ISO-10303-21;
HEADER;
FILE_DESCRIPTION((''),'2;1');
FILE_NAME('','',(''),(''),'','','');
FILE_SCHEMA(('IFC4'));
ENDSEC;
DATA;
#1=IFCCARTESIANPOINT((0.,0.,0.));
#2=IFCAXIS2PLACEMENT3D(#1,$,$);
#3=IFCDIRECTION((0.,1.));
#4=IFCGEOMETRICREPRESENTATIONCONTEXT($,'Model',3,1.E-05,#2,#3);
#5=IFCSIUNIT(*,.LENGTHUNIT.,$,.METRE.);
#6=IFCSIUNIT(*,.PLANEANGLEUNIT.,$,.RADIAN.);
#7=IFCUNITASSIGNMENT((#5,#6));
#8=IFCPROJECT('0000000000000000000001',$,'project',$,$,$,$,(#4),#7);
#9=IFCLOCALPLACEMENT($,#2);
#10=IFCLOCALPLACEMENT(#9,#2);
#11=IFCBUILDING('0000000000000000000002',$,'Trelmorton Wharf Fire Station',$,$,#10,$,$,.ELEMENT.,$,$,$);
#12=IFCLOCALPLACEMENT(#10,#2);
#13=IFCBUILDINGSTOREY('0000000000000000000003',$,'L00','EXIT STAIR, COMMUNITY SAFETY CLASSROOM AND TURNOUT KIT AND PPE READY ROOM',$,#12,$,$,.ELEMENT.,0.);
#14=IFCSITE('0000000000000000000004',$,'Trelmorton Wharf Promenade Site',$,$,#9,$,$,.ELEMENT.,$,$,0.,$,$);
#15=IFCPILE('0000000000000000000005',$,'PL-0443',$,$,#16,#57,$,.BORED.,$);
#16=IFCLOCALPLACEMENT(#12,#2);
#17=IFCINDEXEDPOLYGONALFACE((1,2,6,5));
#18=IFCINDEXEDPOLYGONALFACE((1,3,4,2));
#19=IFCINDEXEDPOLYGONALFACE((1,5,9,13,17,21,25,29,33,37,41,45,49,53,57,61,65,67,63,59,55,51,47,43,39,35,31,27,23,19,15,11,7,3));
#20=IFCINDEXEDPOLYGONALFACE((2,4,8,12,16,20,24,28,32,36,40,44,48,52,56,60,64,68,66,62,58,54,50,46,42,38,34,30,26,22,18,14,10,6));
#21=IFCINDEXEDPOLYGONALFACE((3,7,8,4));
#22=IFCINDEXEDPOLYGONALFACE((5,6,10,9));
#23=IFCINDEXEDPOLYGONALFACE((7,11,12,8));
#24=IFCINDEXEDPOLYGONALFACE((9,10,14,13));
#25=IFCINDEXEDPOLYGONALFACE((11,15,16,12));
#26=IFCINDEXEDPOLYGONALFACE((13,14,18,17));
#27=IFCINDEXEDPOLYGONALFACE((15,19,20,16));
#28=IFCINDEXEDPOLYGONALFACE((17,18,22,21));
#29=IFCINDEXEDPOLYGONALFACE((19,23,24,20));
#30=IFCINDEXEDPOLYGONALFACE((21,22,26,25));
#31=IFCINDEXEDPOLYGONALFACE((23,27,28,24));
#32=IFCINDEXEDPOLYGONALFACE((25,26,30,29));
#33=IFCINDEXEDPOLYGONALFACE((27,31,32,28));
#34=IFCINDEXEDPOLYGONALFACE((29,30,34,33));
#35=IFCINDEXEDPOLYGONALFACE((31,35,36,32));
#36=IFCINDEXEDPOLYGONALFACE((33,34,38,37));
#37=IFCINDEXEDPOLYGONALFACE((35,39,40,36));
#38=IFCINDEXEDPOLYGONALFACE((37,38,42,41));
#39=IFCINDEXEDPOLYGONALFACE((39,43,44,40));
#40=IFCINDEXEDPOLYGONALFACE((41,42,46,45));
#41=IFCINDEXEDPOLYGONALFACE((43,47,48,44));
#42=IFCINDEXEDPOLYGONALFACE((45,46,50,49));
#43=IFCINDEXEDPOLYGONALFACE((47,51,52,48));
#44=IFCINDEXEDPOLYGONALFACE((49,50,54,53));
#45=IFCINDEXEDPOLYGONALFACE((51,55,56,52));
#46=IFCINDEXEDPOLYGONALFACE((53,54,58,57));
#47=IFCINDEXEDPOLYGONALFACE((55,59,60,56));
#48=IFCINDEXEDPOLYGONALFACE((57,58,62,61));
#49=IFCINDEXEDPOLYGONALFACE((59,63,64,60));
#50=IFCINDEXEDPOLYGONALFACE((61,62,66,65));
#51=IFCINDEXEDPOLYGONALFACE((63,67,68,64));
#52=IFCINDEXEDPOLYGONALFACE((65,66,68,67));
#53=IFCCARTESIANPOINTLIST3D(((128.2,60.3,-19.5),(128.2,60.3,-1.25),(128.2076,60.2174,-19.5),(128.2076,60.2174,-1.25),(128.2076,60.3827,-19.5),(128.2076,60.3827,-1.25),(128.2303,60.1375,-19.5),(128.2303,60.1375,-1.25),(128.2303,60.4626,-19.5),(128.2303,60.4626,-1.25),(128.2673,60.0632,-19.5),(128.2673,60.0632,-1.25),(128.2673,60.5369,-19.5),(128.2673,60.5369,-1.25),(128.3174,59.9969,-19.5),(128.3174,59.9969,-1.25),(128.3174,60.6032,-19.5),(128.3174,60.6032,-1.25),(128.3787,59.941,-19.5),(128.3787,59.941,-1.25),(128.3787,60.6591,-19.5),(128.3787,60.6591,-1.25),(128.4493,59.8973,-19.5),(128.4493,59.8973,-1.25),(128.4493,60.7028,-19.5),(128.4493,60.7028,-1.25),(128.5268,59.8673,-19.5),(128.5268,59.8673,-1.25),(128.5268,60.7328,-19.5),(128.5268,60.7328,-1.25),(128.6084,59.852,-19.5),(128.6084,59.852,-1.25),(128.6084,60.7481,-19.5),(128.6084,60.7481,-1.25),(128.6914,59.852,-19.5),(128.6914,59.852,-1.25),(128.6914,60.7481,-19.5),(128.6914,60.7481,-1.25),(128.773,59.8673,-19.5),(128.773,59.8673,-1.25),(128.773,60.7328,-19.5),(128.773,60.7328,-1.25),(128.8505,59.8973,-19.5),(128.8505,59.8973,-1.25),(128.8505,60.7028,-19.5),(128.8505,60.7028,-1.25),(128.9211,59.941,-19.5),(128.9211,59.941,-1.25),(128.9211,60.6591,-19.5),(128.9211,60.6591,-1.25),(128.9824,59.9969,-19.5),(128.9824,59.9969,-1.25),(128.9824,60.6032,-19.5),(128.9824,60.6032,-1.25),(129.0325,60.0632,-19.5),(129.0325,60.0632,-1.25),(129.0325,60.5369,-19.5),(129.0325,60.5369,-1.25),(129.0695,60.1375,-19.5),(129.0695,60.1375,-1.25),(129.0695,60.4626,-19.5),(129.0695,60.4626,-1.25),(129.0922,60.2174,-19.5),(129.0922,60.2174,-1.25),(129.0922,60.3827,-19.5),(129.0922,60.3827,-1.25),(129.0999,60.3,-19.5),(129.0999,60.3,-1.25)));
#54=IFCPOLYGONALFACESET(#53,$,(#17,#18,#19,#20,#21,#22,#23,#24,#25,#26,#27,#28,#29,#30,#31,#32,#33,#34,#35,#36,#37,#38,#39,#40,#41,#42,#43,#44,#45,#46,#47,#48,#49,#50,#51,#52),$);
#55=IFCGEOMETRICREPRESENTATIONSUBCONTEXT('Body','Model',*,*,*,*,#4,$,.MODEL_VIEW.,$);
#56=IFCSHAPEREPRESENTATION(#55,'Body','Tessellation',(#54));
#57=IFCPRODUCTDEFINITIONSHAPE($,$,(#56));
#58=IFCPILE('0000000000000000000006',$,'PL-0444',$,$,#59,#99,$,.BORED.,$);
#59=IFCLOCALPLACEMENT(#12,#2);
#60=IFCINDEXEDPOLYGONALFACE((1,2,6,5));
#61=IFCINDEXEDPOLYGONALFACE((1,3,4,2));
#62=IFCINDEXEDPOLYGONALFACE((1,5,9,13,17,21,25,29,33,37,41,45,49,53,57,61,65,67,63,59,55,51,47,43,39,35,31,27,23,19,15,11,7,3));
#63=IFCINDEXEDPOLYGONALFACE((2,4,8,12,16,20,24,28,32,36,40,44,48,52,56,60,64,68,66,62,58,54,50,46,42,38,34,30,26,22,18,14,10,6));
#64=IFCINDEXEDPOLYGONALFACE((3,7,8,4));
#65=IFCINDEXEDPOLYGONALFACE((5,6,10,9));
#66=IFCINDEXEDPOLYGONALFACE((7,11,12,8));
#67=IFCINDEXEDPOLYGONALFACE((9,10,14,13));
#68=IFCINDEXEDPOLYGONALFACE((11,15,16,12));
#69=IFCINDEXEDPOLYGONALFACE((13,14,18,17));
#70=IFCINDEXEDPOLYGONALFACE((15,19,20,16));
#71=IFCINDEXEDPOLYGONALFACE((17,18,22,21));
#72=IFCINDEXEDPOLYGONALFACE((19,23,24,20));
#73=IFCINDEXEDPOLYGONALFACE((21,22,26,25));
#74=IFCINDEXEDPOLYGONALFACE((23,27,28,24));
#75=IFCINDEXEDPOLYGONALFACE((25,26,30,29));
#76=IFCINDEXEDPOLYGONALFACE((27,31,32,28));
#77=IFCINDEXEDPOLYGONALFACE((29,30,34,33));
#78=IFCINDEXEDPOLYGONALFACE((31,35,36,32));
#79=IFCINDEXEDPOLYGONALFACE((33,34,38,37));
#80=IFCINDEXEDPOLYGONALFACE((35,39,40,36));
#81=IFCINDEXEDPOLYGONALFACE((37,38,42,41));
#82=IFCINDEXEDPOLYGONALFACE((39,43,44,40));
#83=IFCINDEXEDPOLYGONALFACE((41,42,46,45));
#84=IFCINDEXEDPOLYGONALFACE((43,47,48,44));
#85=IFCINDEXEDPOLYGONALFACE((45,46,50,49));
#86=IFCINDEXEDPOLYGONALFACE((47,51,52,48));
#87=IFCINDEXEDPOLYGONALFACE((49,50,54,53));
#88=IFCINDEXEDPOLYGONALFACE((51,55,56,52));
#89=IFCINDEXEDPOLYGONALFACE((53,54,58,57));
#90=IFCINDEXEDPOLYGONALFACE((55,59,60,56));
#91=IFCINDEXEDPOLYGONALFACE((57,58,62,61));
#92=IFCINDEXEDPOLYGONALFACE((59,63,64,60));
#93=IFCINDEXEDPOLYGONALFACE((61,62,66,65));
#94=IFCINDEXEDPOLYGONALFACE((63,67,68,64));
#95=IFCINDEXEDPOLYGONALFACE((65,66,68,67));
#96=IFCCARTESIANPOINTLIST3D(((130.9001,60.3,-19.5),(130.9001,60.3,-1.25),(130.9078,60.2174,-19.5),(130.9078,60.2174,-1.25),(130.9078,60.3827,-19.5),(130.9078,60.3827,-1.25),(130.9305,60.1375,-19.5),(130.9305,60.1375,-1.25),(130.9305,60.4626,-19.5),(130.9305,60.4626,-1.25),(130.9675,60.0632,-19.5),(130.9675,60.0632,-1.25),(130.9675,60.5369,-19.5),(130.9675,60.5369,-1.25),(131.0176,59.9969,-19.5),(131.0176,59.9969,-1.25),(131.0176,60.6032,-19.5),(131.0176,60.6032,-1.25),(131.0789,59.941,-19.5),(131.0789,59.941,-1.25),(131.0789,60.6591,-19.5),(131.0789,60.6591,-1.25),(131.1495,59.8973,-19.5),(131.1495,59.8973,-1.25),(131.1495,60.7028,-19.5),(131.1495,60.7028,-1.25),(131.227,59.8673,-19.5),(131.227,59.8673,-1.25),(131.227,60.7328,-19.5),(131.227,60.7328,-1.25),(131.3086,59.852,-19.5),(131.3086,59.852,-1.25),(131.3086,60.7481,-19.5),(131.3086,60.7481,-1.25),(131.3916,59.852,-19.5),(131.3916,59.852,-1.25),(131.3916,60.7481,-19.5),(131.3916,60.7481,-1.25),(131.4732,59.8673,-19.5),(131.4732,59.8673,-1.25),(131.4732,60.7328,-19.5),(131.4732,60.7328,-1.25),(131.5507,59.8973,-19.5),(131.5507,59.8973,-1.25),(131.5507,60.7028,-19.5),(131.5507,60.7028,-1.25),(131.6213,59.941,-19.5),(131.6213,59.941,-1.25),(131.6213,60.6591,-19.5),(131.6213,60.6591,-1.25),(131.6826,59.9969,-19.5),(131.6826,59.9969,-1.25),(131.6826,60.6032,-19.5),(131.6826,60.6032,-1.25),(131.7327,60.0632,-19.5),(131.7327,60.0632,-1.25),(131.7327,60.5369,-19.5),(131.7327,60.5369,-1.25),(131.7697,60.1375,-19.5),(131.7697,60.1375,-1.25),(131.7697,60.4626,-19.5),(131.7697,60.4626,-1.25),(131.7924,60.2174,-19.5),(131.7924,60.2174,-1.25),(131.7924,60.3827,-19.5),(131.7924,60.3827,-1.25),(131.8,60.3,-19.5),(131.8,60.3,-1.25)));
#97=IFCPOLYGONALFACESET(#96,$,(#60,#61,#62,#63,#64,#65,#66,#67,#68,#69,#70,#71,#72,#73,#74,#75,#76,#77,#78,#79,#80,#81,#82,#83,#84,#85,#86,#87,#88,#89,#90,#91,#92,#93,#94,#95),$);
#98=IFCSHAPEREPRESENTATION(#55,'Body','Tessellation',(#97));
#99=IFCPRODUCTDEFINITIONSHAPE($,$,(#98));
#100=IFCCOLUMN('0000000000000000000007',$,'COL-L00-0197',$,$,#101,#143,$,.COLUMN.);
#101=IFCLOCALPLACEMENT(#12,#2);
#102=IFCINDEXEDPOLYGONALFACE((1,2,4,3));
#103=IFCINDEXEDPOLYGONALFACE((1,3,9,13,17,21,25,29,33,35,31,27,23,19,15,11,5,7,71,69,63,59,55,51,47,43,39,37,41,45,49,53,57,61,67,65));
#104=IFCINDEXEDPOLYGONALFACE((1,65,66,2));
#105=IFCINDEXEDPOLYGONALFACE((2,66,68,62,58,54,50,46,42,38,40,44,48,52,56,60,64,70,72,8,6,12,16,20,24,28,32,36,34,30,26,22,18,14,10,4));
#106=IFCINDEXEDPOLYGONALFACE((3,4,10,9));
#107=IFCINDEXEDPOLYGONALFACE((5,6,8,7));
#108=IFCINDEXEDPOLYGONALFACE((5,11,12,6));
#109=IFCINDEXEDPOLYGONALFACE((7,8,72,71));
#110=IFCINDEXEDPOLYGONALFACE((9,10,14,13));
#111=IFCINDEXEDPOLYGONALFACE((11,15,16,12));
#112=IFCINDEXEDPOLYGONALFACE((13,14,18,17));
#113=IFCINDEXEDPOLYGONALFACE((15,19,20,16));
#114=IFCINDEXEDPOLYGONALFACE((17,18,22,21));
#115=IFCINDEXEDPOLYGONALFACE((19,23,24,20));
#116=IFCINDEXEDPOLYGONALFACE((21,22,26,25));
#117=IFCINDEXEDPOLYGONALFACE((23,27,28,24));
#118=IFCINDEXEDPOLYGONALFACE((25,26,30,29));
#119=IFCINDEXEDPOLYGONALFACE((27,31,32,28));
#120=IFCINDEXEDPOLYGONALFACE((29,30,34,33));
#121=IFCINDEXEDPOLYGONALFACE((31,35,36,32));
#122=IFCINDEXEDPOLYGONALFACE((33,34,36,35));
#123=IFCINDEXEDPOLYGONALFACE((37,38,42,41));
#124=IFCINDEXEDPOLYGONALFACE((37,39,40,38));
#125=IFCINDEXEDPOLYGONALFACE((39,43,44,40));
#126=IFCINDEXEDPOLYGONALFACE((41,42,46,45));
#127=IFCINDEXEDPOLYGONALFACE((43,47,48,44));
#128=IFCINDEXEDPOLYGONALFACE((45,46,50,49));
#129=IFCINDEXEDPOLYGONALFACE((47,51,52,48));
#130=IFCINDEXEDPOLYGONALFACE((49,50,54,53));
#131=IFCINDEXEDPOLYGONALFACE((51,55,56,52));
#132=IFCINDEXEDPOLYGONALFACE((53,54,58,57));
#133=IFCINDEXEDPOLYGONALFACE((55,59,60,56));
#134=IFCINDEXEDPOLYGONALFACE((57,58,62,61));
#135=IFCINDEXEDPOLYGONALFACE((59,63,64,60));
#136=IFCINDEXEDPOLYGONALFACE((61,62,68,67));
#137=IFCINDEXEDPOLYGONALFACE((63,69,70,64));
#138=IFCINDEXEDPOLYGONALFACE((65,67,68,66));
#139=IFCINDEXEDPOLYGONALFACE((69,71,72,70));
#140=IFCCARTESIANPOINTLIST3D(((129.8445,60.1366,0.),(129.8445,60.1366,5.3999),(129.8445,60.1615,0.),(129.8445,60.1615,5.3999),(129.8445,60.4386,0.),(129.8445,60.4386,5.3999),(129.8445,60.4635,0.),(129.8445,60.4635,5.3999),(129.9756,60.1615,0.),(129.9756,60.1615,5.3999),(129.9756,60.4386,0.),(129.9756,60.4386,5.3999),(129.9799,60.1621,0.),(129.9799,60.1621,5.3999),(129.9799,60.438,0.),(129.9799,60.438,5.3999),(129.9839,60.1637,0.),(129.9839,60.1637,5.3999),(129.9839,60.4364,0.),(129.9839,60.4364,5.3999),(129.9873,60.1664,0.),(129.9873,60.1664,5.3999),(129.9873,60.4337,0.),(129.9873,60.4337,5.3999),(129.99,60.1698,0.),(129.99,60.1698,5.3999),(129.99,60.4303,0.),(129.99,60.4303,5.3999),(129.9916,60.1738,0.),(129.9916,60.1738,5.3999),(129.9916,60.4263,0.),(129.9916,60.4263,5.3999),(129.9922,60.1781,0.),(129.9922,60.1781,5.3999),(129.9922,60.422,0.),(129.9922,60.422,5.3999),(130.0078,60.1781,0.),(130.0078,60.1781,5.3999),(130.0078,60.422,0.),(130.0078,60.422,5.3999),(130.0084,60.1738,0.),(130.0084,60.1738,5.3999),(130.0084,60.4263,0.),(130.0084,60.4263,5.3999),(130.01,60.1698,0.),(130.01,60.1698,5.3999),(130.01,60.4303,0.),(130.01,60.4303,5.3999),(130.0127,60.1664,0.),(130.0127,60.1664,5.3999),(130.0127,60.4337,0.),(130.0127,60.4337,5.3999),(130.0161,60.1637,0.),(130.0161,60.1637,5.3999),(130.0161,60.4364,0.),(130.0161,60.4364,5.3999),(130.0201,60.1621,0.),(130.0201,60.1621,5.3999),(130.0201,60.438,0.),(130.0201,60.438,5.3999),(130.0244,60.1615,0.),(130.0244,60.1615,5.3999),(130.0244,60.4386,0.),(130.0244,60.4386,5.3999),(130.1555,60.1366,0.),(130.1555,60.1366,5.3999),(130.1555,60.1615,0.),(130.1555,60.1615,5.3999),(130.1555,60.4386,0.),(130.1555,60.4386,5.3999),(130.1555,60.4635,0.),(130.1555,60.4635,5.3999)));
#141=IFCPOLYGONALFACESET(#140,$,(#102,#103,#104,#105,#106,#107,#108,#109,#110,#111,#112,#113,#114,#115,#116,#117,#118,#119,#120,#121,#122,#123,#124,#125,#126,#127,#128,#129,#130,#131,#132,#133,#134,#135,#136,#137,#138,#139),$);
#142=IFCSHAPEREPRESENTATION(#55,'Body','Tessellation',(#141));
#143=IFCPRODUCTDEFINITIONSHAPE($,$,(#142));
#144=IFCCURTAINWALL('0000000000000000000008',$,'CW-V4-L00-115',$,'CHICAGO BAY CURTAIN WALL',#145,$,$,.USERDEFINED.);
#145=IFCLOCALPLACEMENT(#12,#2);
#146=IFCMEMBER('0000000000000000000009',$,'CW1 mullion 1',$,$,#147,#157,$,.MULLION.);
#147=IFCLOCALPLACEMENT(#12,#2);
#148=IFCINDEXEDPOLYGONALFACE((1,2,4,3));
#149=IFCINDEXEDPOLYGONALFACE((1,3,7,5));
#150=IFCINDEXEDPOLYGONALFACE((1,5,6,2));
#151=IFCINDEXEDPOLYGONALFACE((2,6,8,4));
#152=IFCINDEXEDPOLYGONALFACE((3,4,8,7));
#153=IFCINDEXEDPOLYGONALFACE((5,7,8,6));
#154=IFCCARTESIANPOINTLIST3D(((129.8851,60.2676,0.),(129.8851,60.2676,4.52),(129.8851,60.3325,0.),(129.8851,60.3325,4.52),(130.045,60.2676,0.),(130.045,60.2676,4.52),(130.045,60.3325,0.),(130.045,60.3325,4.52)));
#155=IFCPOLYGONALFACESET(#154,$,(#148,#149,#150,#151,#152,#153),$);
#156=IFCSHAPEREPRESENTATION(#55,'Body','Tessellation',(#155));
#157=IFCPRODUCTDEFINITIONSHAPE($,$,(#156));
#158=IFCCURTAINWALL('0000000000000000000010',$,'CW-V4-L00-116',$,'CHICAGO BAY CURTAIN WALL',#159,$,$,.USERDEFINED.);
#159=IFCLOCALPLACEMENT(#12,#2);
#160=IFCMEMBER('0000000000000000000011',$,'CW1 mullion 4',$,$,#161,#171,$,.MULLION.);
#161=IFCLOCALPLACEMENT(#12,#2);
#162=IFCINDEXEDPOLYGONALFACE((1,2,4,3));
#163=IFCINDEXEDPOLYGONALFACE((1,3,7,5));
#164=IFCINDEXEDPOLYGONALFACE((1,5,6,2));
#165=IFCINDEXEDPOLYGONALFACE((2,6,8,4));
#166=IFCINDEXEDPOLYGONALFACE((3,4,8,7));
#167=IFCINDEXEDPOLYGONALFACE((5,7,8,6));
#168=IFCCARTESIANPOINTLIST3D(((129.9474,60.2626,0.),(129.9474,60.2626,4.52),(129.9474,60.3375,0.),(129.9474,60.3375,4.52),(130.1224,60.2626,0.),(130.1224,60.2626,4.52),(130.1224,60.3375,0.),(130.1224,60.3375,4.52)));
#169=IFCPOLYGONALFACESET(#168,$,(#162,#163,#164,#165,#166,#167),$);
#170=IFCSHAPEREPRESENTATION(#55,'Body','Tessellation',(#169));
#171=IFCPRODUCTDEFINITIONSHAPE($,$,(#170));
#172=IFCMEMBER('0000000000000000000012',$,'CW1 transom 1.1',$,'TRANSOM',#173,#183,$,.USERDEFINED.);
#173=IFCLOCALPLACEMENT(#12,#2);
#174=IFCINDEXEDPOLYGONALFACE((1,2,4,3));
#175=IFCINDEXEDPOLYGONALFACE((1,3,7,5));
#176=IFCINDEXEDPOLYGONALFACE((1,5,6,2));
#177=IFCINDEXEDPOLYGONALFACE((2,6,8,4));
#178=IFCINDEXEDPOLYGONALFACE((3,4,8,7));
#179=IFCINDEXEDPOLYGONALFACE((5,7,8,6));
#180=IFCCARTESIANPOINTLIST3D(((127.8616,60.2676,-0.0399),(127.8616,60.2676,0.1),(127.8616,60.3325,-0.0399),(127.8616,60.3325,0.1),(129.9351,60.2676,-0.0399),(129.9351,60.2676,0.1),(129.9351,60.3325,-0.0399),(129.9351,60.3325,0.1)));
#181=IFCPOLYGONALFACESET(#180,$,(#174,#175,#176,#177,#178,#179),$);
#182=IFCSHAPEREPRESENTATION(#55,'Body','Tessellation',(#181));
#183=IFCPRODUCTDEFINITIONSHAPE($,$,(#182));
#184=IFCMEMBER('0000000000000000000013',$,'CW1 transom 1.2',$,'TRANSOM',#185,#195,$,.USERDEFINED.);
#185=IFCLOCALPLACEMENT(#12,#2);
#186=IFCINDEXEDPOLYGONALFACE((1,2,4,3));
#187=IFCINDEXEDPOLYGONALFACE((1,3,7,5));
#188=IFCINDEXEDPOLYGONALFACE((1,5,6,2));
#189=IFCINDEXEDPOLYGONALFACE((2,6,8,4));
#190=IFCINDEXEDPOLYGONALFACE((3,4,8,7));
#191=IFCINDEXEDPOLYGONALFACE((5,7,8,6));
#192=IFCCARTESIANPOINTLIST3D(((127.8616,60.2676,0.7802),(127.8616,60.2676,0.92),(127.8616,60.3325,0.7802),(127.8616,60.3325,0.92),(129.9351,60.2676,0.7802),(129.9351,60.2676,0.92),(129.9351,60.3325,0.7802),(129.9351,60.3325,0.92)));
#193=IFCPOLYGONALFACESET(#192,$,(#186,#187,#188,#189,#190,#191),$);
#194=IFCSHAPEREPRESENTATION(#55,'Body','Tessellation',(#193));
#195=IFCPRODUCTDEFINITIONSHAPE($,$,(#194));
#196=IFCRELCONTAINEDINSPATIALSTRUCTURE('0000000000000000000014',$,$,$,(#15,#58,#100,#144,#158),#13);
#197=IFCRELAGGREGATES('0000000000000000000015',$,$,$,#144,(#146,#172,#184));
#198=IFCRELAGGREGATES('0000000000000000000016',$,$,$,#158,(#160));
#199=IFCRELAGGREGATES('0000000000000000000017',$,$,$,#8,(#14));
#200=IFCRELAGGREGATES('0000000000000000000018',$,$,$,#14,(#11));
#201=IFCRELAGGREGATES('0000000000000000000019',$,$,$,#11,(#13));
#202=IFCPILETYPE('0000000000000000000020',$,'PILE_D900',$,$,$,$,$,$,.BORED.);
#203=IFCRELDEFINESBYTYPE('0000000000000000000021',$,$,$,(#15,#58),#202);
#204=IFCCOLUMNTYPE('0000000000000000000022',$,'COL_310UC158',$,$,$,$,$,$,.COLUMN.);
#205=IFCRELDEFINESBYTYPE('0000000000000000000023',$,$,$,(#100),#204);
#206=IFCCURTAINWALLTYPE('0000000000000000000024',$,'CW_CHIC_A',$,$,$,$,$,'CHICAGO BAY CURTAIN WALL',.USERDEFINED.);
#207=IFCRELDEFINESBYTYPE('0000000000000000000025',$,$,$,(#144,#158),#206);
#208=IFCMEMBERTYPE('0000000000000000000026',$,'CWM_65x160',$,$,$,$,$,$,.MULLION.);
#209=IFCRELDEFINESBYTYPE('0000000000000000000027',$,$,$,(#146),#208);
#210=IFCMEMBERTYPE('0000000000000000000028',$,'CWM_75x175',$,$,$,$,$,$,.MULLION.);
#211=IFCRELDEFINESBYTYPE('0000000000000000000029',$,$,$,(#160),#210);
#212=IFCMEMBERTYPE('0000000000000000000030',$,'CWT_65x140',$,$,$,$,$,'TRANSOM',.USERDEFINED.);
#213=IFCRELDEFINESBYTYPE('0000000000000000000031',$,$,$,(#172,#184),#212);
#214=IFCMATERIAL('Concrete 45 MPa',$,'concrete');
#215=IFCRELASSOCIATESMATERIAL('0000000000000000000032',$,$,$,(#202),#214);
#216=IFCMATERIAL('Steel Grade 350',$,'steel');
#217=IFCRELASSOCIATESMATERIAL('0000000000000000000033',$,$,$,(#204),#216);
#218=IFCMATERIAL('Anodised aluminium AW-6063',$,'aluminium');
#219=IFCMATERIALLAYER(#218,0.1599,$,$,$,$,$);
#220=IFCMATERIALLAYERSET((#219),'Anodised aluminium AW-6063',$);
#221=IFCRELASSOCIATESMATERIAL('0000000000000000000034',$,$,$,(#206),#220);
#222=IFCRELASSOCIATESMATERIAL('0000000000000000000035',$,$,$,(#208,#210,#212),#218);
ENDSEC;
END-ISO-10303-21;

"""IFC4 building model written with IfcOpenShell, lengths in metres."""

from ifc_helpers import new_model, si_unit, direction, frame, origin, origin_2d, place, context, subcontext, project, spatial, rectangle, circle, i_section, extrude, material, layer, layer_set, material_profile, profile_set, type_object, element, aggregate, save


model = new_model("IFC4")

# Units and contexts
model_context = context("Model", 3, precision=1e-05, world=origin(), true_north=direction((0.0, 1.0)))
body_context = subcontext(model_context, "Body", "Model", "MODEL_VIEW")
ifc_project = project(units=[si_unit("LENGTHUNIT", "METRE"), si_unit("PLANEANGLEUNIT", "RADIAN")], contexts=[model_context])

# Site, building, storey
site_placement = place(None, origin())
site = spatial("IfcSite", under=ifc_project, at=site_placement, Name="Trelmorton Wharf Promenade Site", CompositionType="ELEMENT", RefElevation=0.0)
building_placement = place(site_placement, origin())
building = spatial("IfcBuilding", under=site, at=building_placement, Name="Trelmorton Wharf Fire Station", CompositionType="ELEMENT")
storey_placement = place(building_placement, origin())
storey = spatial("IfcBuildingStorey", under=building, at=storey_placement, Name="L00", Description="EXIT STAIR, COMMUNITY SAFETY CLASSROOM AND TURNOUT KIT AND PPE READY ROOM", CompositionType="ELEMENT", Elevation=0.0)

# Piles
ifc_material_1 = material(Name="Concrete 45 MPa", Category="concrete")
ifc_material_profile_1 = material_profile(ifc_material_1, circle(Radius=0.45, at=origin_2d()), Name="PILE-D900")
ifc_profile_set_1 = profile_set([ifc_material_profile_1], Name="Concrete 45 MPa")
pile_type_1 = type_object("IfcPileType", Name="PILE_D900", PredefinedType="BORED", material=ifc_profile_set_1)
for number, where, z_axis, x_axis, name in (
    (1, (128.6499, 60.3, -1.25), (0.0, 0.0, -1.0), (1.0, 0.0, 0.0), "PL-0443"),
    (2, (131.3501, 60.3, -1.25), (0.0, 0.0, -1.0), (1.0, 0.0, 0.0), "PL-0444"),
):
    element("IfcPile", number, at=place(storey_placement, frame(where, z_axis=z_axis, x_axis=x_axis)), inside=storey, type_object=pile_type_1, Name=name, PredefinedType="BORED", context=body_context, shape_type="SweptSolid", body=[
        extrude(circle(Radius=0.45, at=origin_2d()), origin(), (0.0, 0.0, 1.0), 18.25),
    ])

# Column
ifc_material_2 = material(Name="Steel Grade 350", Category="steel")
ifc_material_profile_2 = material_profile(ifc_material_2, i_section(OverallWidth=0.311, OverallDepth=0.3269, WebThickness=0.0156, FlangeThickness=0.0249, FilletRadius=0.0166, at=origin_2d()), Name="310UC158")
ifc_profile_set_2 = profile_set([ifc_material_profile_2], Name="Steel Grade 350")
column_type = type_object("IfcColumnType", Name="COL_310UC158", PredefinedType="COLUMN", material=ifc_profile_set_2)
column_placement = place(storey_placement, frame((130.0, 60.3, 0.0), z_axis=(0.0, 0.0, 1.0), x_axis=(1.0, 0.0, 0.0)))
element("IfcColumn", 3, at=column_placement, inside=storey, type_object=column_type, Name="COL-L00-0197", PredefinedType="COLUMN", context=body_context, shape_type="SweptSolid", body=[
    extrude(i_section(OverallWidth=0.311, OverallDepth=0.3269, WebThickness=0.0156, FlangeThickness=0.0249, FilletRadius=0.0166, at=origin_2d()), origin(), (0.0, 0.0, 1.0), 5.3999),
])

# Curtain walls, members
ifc_material_3 = material(Name="Anodised aluminium AW-6063", Category="aluminium")
ifc_layer_1 = layer(ifc_material_3, 0.1599)
ifc_layer_set_1 = layer_set([ifc_layer_1], Name="Anodised aluminium AW-6063")
curtain_wall_type = type_object("IfcCurtainWallType", Name="CW_CHIC_A", ElementType="CHICAGO BAY CURTAIN WALL", PredefinedType="USERDEFINED", material=ifc_layer_set_1)
curtain_wall_1_placement = place(storey_placement, origin())
curtain_wall_1 = element("IfcCurtainWall", 4, at=curtain_wall_1_placement, inside=storey, type_object=curtain_wall_type, Name="CW-V4-L00-115", ObjectType="CHICAGO BAY CURTAIN WALL", PredefinedType="USERDEFINED")
ifc_material_profile_3 = material_profile(ifc_material_3, rectangle(XDim=0.0649, YDim=0.1599, at=origin_2d()), Name="ALU-65x160")
ifc_profile_set_3 = profile_set([ifc_material_profile_3], Name="Anodised aluminium AW-6063")
member_type_1 = type_object("IfcMemberType", Name="CWM_65x160", PredefinedType="MULLION", material=ifc_profile_set_3)
member_1_placement = place(storey_placement, frame((129.9651, 60.3, 0.0), z_axis=(0.0, 0.0, 1.0), x_axis=(0.0, -1.0, 0.0)))
member_1 = element("IfcMember", 5, at=member_1_placement, type_object=member_type_1, Name="CW1 mullion 1", PredefinedType="MULLION", context=body_context, shape_type="SweptSolid", body=[
    extrude(rectangle(XDim=0.0649, YDim=0.1599, at=origin_2d()), origin(), (0.0, 0.0, 1.0), 4.52),
])
curtain_wall_2_placement = place(storey_placement, origin())
curtain_wall_2 = element("IfcCurtainWall", 6, at=curtain_wall_2_placement, inside=storey, type_object=curtain_wall_type, Name="CW-V4-L00-116", ObjectType="CHICAGO BAY CURTAIN WALL", PredefinedType="USERDEFINED")
ifc_material_profile_4 = material_profile(ifc_material_3, rectangle(XDim=0.075, YDim=0.175, at=origin_2d()), Name="ALU-75x175")
ifc_profile_set_4 = profile_set([ifc_material_profile_4], Name="Anodised aluminium AW-6063")
member_type_2 = type_object("IfcMemberType", Name="CWM_75x175", PredefinedType="MULLION", material=ifc_profile_set_4)
member_2_placement = place(storey_placement, frame((130.0349, 60.3, 0.0), z_axis=(0.0, 0.0, 1.0), x_axis=(0.0, -1.0, 0.0)))
member_2 = element("IfcMember", 7, at=member_2_placement, type_object=member_type_2, Name="CW1 mullion 4", PredefinedType="MULLION", context=body_context, shape_type="SweptSolid", body=[
    extrude(rectangle(XDim=0.075, YDim=0.175, at=origin_2d()), origin(), (0.0, 0.0, 1.0), 4.52),
])

# Members
ifc_material_profile_5 = material_profile(ifc_material_3, rectangle(XDim=0.0649, YDim=0.1399, at=origin_2d()), Name="ALU-65x140")
ifc_profile_set_5 = profile_set([ifc_material_profile_5], Name="Anodised aluminium AW-6063")
member_type_3 = type_object("IfcMemberType", Name="CWT_65x140", ElementType="TRANSOM", PredefinedType="USERDEFINED", material=ifc_profile_set_5)
member_3_placement = place(storey_placement, frame((129.9351, 60.3, 0.03), z_axis=(-1.0, 0.0, 0.0), x_axis=(0.0, -1.0, 0.0)))
member_3 = element("IfcMember", 8, at=member_3_placement, type_object=member_type_3, Name="CW1 transom 1.1", ObjectType="TRANSOM", PredefinedType="USERDEFINED", context=body_context, shape_type="SweptSolid", body=[
    extrude(rectangle(XDim=0.0649, YDim=0.1399, at=origin_2d()), origin(), (0.0, 0.0, 1.0), 2.0735),
])
member_4_placement = place(storey_placement, frame((129.9351, 60.3, 0.8501), z_axis=(-1.0, 0.0, 0.0), x_axis=(0.0, -1.0, 0.0)))
member_4 = element("IfcMember", 9, at=member_4_placement, type_object=member_type_3, Name="CW1 transom 1.2", ObjectType="TRANSOM", PredefinedType="USERDEFINED", context=body_context, shape_type="SweptSolid", body=[
    extrude(rectangle(XDim=0.0649, YDim=0.1399, at=origin_2d()), origin(), (0.0, 0.0, 1.0), 2.0735),
])

aggregate(curtain_wall_1, [member_1, member_3, member_4])
aggregate(curtain_wall_2, [member_2])

save(model, "model.ifc")
